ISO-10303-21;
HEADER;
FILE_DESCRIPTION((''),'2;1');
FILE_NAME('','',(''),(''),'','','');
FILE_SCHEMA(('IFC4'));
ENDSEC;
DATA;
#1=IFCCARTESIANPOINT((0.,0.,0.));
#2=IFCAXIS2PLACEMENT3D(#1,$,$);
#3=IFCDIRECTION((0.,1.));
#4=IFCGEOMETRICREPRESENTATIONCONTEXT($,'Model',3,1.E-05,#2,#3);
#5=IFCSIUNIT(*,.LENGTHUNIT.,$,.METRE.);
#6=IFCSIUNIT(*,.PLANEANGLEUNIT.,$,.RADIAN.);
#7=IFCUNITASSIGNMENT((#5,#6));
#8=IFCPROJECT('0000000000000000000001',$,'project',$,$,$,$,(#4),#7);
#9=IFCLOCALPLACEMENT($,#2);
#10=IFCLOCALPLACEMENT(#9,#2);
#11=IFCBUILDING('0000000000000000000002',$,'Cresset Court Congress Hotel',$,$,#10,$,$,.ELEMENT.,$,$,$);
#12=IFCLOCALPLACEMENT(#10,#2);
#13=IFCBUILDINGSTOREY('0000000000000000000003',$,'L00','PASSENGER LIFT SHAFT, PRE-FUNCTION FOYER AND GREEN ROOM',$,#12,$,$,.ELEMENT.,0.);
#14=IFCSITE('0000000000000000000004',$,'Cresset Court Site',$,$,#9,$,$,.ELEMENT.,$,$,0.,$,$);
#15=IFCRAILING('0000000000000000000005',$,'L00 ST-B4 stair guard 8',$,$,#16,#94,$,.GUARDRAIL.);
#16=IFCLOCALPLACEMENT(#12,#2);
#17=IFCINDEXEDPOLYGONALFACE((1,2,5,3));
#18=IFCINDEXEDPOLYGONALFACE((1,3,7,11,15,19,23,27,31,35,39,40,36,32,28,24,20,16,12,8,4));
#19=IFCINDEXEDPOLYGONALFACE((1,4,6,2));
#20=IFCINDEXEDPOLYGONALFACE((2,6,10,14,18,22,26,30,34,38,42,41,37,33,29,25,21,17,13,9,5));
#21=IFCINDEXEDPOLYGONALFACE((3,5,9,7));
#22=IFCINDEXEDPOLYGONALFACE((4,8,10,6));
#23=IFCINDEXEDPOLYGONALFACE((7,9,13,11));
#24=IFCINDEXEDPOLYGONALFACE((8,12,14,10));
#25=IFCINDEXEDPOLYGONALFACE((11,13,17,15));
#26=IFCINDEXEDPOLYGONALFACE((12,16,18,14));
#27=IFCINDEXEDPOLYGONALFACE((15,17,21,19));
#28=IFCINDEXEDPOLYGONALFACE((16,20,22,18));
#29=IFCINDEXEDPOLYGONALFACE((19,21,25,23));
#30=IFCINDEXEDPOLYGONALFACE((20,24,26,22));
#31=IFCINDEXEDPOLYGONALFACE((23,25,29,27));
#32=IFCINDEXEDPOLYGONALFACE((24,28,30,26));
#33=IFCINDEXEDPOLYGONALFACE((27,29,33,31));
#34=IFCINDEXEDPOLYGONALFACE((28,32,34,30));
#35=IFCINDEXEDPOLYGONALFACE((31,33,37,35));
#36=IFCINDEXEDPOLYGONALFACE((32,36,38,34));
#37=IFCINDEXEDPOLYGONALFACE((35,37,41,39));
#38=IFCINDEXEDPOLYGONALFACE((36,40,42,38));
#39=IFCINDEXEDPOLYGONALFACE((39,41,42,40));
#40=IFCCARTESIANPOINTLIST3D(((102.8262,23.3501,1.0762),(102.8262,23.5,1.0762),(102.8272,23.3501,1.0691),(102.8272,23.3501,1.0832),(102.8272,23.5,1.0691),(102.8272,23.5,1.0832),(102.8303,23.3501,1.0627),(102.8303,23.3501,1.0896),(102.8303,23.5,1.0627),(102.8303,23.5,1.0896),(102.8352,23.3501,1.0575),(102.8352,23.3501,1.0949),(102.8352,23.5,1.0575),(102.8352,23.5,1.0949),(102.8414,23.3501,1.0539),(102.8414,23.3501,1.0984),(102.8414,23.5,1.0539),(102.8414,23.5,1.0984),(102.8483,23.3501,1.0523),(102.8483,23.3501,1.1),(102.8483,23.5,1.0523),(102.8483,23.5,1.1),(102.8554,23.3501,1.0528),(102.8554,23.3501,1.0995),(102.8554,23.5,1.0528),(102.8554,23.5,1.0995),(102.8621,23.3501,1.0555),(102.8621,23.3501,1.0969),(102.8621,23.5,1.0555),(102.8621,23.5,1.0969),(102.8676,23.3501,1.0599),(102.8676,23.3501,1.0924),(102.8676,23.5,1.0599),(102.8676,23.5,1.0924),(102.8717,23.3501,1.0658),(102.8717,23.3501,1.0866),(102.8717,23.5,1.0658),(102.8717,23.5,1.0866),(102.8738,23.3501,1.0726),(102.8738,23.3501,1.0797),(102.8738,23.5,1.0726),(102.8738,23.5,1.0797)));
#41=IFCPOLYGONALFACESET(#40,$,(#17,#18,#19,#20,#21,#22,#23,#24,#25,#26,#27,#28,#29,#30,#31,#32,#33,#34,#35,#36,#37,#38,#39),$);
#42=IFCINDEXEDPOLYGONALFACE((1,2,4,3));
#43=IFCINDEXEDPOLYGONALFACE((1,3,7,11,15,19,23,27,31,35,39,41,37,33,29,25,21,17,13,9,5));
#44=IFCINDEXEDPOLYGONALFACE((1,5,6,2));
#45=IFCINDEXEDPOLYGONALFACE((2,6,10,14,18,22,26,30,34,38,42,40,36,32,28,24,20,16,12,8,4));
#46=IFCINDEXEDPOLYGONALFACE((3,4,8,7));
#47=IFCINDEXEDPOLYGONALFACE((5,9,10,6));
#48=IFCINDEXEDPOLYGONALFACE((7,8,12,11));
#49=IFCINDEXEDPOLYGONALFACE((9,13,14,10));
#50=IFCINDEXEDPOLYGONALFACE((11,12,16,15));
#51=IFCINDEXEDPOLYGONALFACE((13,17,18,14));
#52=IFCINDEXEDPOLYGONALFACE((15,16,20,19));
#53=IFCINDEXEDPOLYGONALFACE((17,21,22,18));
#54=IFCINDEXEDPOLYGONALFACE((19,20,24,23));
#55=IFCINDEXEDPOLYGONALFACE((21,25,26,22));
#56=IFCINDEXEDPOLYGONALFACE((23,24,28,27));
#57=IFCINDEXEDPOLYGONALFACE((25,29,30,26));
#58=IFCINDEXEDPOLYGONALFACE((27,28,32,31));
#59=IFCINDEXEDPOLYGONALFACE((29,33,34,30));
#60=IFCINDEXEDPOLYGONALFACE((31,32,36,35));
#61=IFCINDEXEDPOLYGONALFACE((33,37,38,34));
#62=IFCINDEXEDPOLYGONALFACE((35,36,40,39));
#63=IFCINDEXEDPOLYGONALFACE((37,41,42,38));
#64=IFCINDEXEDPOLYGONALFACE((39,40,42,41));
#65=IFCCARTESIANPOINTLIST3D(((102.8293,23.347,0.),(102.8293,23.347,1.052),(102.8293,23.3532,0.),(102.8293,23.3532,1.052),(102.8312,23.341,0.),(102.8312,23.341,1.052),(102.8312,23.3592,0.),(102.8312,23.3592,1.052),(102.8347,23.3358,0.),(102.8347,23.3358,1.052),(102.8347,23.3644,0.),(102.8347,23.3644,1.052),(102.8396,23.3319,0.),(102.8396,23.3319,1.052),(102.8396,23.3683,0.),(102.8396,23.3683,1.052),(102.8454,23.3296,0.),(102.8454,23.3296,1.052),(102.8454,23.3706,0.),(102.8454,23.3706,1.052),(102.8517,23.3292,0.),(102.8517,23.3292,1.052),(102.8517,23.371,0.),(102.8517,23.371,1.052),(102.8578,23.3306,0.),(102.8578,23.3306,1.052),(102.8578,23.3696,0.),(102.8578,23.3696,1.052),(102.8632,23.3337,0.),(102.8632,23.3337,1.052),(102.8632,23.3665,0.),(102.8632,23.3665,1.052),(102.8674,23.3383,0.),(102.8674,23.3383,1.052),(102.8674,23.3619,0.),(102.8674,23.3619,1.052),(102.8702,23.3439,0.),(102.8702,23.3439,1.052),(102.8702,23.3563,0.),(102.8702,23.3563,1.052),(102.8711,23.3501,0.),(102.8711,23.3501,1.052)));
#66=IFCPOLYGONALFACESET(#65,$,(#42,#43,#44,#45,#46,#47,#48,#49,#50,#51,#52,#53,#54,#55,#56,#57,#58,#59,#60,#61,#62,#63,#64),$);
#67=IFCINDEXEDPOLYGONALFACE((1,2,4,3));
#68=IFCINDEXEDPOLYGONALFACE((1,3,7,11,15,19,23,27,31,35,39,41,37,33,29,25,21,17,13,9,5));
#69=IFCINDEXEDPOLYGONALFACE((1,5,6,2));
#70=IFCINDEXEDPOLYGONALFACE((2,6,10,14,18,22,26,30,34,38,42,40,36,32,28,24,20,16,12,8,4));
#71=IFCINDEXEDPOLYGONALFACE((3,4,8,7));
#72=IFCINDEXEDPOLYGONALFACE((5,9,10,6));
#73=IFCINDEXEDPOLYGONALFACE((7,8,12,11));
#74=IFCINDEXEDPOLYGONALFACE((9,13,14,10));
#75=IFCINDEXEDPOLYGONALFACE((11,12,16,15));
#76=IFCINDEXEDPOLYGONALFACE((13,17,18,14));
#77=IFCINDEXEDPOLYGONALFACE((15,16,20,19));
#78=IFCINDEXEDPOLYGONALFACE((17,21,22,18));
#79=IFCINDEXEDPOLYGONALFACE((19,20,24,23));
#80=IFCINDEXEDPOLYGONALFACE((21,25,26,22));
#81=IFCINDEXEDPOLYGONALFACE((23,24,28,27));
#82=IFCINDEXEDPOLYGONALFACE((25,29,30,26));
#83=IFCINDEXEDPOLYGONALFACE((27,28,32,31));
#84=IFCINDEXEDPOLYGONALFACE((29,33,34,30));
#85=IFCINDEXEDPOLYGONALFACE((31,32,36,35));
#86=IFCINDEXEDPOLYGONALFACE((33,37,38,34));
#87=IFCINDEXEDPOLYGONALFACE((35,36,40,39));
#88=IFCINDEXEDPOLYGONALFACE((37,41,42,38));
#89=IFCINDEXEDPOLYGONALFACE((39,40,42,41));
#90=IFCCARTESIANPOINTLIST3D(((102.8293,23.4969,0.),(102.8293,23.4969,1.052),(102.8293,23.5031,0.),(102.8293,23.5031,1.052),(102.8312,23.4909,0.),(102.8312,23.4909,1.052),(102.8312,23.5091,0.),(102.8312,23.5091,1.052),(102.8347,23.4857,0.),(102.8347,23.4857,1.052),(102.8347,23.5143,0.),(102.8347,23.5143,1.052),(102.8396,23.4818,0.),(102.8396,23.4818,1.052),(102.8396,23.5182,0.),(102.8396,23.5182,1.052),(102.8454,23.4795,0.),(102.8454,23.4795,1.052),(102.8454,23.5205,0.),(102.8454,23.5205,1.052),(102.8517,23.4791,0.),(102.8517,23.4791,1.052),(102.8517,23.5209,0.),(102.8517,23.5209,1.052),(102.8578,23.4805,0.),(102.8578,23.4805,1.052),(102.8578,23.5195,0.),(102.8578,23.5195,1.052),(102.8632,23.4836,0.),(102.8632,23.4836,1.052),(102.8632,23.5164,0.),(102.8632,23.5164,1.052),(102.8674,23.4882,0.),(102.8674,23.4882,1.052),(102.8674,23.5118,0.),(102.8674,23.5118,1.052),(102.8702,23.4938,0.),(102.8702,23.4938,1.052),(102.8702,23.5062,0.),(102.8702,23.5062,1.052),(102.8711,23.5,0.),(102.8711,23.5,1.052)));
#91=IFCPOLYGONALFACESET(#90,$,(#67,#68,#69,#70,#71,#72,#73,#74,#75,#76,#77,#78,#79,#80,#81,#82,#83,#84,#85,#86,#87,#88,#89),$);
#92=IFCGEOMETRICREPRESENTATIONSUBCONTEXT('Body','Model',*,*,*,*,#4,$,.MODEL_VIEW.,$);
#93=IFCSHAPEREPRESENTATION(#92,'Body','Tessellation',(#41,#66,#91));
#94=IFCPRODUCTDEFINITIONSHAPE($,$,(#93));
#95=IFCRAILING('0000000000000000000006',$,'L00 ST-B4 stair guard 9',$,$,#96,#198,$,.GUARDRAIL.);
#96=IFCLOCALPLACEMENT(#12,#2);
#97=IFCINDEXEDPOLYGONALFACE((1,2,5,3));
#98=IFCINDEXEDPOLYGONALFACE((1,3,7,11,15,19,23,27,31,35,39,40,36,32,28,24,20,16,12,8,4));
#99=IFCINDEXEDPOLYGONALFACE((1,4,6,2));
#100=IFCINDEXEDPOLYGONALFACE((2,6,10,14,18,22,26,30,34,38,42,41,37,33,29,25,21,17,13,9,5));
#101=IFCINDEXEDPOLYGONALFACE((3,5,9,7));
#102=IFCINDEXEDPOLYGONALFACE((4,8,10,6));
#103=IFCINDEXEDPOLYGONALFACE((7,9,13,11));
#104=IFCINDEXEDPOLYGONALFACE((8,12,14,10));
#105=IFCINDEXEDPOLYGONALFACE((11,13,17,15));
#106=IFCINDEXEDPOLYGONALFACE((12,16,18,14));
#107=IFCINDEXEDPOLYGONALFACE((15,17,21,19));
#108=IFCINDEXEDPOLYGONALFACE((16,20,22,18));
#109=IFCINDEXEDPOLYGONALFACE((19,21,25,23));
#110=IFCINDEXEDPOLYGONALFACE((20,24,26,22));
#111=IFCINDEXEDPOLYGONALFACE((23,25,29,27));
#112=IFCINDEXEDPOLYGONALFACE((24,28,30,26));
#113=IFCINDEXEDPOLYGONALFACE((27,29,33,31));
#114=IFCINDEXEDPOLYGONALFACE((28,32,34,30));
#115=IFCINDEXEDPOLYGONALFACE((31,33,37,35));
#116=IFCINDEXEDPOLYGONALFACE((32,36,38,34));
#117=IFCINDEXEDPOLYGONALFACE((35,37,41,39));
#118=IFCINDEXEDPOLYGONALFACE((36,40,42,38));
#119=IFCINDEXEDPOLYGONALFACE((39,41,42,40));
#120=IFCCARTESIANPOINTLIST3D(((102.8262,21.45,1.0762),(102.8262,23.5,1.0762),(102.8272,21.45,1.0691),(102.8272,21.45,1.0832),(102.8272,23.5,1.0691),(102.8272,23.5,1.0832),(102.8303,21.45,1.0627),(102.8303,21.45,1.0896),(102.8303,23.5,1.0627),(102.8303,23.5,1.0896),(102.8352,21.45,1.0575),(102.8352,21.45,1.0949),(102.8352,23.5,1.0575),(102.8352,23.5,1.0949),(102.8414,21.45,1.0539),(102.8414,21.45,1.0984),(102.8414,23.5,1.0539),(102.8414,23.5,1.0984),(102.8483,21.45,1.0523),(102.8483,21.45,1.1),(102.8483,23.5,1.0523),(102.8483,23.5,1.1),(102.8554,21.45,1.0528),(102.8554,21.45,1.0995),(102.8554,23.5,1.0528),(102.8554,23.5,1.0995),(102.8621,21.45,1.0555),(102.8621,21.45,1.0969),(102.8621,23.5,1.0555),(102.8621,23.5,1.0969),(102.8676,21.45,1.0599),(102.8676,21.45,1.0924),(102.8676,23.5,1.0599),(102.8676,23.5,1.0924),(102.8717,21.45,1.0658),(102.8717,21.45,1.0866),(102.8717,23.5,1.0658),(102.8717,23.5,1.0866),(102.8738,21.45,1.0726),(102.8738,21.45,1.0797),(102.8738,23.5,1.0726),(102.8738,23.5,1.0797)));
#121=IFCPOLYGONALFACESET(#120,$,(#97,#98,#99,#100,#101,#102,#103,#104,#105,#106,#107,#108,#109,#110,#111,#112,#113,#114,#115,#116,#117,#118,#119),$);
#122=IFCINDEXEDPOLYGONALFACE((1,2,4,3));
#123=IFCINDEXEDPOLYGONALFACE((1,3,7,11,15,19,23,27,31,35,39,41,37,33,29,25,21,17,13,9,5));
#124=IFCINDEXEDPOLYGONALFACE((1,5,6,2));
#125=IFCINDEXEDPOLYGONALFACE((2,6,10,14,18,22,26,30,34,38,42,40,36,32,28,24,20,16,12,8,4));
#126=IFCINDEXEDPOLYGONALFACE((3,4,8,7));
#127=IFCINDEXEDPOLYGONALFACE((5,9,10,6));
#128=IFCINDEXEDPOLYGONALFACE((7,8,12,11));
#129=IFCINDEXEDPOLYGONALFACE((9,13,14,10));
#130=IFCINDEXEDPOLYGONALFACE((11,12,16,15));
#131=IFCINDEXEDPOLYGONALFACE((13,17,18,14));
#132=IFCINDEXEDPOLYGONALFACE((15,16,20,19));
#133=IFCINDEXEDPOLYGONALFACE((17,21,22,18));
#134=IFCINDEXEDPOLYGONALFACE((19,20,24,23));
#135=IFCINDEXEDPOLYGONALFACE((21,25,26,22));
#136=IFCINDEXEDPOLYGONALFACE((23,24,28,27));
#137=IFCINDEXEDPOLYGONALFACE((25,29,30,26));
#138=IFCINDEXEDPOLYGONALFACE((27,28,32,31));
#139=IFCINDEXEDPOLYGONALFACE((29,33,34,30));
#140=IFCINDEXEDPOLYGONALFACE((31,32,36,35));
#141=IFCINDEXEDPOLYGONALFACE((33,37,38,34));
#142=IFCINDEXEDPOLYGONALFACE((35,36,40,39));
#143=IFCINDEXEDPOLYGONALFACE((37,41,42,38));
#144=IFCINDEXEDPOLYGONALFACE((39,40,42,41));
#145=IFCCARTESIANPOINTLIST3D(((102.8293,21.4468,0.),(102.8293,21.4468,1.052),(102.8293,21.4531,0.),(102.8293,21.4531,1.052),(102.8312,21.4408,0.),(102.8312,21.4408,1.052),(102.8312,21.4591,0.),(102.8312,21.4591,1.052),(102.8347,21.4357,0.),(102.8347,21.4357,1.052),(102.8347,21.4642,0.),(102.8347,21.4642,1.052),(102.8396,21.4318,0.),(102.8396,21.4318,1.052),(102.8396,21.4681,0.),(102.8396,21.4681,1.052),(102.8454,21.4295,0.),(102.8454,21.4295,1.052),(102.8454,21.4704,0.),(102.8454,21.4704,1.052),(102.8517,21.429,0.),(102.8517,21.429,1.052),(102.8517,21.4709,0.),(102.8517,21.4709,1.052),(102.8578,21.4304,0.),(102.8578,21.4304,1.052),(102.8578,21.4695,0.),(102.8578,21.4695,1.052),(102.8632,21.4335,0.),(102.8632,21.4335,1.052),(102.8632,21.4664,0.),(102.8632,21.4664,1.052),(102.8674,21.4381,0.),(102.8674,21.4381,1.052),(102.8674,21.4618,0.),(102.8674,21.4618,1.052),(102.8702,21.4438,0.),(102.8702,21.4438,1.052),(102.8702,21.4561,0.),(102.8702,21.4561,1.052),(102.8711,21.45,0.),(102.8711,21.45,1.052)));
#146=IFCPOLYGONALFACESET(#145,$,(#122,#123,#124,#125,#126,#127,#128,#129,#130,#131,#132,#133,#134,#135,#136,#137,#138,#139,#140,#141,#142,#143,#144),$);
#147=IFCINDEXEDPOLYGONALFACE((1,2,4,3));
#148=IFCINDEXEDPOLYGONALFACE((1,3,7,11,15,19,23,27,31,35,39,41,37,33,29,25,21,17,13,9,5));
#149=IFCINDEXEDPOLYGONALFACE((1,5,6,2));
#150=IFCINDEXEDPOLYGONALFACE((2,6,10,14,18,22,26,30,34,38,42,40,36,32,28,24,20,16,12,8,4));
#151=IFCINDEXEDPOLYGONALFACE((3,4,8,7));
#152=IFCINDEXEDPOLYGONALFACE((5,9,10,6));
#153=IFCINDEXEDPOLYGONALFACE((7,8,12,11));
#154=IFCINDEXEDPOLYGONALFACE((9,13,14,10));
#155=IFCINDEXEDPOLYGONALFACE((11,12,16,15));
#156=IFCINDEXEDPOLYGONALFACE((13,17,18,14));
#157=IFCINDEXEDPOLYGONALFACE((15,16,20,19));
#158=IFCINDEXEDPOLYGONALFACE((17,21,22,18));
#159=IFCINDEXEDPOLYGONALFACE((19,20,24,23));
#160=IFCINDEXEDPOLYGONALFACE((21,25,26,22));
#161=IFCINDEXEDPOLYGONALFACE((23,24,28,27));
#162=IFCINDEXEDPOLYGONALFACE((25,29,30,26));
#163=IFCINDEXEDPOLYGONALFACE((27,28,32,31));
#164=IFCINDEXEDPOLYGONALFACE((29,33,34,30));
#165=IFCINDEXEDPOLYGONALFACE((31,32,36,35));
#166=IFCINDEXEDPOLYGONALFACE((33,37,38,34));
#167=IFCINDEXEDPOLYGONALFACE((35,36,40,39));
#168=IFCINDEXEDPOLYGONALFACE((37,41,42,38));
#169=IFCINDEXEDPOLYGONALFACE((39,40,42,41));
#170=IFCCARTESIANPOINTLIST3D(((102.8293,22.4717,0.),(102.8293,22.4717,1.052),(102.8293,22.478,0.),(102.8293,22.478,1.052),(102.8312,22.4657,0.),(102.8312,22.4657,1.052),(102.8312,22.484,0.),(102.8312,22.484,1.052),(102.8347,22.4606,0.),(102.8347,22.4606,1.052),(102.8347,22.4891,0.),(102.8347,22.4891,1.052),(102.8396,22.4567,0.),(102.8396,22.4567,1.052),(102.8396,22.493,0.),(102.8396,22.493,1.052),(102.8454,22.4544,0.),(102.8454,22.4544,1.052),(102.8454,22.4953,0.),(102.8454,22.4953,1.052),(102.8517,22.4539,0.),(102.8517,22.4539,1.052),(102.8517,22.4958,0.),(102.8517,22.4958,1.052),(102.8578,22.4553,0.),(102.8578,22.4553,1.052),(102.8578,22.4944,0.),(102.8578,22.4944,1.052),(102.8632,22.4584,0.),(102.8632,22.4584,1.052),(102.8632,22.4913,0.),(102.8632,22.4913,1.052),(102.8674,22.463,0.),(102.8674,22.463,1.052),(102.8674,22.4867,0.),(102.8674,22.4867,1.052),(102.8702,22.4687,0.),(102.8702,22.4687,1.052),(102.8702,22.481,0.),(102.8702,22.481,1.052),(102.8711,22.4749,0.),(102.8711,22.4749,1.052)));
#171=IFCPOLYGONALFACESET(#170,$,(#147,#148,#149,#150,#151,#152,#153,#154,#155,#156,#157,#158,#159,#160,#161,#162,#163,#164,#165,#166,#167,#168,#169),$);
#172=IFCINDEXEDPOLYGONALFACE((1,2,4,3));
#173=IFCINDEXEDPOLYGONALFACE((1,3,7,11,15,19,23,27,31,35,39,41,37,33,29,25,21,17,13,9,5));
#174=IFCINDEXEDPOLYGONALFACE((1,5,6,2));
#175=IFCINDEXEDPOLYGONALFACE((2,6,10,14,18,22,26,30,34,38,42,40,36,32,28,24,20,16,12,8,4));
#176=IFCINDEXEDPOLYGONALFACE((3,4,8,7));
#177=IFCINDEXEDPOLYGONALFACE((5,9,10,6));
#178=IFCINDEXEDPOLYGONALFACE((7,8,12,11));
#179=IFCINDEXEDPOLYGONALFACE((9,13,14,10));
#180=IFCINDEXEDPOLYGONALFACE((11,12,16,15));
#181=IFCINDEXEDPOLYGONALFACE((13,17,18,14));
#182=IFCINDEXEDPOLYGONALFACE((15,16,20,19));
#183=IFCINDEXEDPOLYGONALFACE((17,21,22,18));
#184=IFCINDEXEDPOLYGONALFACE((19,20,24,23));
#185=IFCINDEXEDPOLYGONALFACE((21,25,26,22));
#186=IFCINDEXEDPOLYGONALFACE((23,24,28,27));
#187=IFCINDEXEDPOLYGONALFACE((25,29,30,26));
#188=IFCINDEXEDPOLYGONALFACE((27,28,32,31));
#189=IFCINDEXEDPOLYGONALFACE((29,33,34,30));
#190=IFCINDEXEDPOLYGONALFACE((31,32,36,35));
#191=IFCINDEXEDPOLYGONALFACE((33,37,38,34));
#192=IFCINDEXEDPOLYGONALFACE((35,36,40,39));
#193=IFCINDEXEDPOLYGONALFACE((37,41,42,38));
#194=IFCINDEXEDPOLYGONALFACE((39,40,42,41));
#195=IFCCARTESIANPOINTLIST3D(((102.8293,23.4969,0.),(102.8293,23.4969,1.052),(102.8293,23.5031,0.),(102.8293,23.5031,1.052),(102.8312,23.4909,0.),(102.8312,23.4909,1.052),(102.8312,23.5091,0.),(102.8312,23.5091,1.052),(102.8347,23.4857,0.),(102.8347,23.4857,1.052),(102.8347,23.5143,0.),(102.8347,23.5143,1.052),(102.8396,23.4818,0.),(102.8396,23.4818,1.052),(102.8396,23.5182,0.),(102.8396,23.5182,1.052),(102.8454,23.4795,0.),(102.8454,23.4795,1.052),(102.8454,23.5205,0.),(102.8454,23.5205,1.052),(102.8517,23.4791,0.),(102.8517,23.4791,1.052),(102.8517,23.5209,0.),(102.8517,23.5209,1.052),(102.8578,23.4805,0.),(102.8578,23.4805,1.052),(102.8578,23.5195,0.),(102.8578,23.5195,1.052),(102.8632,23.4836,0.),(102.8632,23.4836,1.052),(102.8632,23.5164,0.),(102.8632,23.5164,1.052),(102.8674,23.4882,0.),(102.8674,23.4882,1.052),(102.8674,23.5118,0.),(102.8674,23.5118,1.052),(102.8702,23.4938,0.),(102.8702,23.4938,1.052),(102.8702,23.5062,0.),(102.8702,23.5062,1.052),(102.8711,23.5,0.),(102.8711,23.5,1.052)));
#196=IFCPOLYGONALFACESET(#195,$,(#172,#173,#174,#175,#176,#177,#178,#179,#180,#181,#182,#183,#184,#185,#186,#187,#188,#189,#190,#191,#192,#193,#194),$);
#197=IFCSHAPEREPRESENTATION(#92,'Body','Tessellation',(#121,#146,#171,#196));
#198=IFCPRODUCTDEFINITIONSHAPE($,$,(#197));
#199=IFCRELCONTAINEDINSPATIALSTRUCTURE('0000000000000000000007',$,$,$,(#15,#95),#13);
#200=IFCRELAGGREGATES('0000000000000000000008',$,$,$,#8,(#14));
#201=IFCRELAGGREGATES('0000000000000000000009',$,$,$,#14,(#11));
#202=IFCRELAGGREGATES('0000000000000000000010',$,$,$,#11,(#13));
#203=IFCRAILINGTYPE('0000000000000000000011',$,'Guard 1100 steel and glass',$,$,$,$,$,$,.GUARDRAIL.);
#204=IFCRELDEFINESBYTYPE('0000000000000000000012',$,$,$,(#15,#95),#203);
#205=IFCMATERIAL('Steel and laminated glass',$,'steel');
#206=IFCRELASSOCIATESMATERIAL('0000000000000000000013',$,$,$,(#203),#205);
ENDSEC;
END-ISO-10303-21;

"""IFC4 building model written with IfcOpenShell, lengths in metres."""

from ifc_helpers import new_model, si_unit, direction, frame, origin, origin_2d, place, context, subcontext, project, spatial, circle, extrude, material, type_object, element, save


model = new_model("IFC4")

# Units and contexts
model_context = context("Model", 3, precision=1e-05, world=origin(), true_north=direction((0.0, 1.0)))
body_context = subcontext(model_context, "Body", "Model", "MODEL_VIEW")
ifc_project = project(units=[si_unit("LENGTHUNIT", "METRE"), si_unit("PLANEANGLEUNIT", "RADIAN")], contexts=[model_context])

# Site, building, storey
site_placement = place(None, origin())
site = spatial("IfcSite", under=ifc_project, at=site_placement, Name="Cresset Court Site", CompositionType="ELEMENT", RefElevation=0.0)
building_placement = place(site_placement, origin())
building = spatial("IfcBuilding", under=site, at=building_placement, Name="Cresset Court Congress Hotel", CompositionType="ELEMENT")
storey_placement = place(building_placement, origin())
storey = spatial("IfcBuildingStorey", under=building, at=storey_placement, Name="L00", Description="PASSENGER LIFT SHAFT, PRE-FUNCTION FOYER AND GREEN ROOM", CompositionType="ELEMENT", Elevation=0.0)

# Railings
ifc_material_1 = material(Name="Steel and laminated glass", Category="steel")
railing_type_1 = type_object("IfcRailingType", Name="Guard 1100 steel and glass", PredefinedType="GUARDRAIL", material=ifc_material_1)
railing_1_placement = place(storey_placement, frame((102.8501, 23.3501, 0.0)))
element("IfcRailing", 1, at=railing_1_placement, inside=storey, type_object=railing_type_1, Name="L00 ST-B4 stair guard 8", PredefinedType="GUARDRAIL", context=body_context, shape_type="SweptSolid", body=[
    extrude(circle(Radius=0.0239, at=origin_2d()), frame((0.0, 0.0, 1.0762), z_axis=(0.0, 1.0, 0.0), x_axis=(-1.0, 0.0, 0.0)), (0.0, 0.0, 1.0), 0.1499),
    extrude(circle(Radius=0.021, at=origin_2d()), origin(), (0.0, 0.0, 1.0), 1.052),
    extrude(circle(Radius=0.021, at=origin_2d()), frame((0.0, 0.1499, 0.0)), (0.0, 0.0, 1.0), 1.052),
])
railing_2_placement = place(storey_placement, frame((102.8501, 21.45, 0.0)))
element("IfcRailing", 2, at=railing_2_placement, inside=storey, type_object=railing_type_1, Name="L00 ST-B4 stair guard 9", PredefinedType="GUARDRAIL", context=body_context, shape_type="SweptSolid", body=[
    extrude(circle(Radius=0.0239, at=origin_2d()), frame((0.0, 0.0, 1.0762), z_axis=(0.0, 1.0, 0.0), x_axis=(-1.0, 0.0, 0.0)), (0.0, 0.0, 1.0), 2.05),
    extrude(circle(Radius=0.021, at=origin_2d()), origin(), (0.0, 0.0, 1.0), 1.052),
    extrude(circle(Radius=0.021, at=origin_2d()), frame((0.0, 1.0249, 0.0)), (0.0, 0.0, 1.0), 1.052),
    extrude(circle(Radius=0.021, at=origin_2d()), frame((0.0, 2.05, 0.0)), (0.0, 0.0, 1.0), 1.052),
])

save(model, "model.ifc")
